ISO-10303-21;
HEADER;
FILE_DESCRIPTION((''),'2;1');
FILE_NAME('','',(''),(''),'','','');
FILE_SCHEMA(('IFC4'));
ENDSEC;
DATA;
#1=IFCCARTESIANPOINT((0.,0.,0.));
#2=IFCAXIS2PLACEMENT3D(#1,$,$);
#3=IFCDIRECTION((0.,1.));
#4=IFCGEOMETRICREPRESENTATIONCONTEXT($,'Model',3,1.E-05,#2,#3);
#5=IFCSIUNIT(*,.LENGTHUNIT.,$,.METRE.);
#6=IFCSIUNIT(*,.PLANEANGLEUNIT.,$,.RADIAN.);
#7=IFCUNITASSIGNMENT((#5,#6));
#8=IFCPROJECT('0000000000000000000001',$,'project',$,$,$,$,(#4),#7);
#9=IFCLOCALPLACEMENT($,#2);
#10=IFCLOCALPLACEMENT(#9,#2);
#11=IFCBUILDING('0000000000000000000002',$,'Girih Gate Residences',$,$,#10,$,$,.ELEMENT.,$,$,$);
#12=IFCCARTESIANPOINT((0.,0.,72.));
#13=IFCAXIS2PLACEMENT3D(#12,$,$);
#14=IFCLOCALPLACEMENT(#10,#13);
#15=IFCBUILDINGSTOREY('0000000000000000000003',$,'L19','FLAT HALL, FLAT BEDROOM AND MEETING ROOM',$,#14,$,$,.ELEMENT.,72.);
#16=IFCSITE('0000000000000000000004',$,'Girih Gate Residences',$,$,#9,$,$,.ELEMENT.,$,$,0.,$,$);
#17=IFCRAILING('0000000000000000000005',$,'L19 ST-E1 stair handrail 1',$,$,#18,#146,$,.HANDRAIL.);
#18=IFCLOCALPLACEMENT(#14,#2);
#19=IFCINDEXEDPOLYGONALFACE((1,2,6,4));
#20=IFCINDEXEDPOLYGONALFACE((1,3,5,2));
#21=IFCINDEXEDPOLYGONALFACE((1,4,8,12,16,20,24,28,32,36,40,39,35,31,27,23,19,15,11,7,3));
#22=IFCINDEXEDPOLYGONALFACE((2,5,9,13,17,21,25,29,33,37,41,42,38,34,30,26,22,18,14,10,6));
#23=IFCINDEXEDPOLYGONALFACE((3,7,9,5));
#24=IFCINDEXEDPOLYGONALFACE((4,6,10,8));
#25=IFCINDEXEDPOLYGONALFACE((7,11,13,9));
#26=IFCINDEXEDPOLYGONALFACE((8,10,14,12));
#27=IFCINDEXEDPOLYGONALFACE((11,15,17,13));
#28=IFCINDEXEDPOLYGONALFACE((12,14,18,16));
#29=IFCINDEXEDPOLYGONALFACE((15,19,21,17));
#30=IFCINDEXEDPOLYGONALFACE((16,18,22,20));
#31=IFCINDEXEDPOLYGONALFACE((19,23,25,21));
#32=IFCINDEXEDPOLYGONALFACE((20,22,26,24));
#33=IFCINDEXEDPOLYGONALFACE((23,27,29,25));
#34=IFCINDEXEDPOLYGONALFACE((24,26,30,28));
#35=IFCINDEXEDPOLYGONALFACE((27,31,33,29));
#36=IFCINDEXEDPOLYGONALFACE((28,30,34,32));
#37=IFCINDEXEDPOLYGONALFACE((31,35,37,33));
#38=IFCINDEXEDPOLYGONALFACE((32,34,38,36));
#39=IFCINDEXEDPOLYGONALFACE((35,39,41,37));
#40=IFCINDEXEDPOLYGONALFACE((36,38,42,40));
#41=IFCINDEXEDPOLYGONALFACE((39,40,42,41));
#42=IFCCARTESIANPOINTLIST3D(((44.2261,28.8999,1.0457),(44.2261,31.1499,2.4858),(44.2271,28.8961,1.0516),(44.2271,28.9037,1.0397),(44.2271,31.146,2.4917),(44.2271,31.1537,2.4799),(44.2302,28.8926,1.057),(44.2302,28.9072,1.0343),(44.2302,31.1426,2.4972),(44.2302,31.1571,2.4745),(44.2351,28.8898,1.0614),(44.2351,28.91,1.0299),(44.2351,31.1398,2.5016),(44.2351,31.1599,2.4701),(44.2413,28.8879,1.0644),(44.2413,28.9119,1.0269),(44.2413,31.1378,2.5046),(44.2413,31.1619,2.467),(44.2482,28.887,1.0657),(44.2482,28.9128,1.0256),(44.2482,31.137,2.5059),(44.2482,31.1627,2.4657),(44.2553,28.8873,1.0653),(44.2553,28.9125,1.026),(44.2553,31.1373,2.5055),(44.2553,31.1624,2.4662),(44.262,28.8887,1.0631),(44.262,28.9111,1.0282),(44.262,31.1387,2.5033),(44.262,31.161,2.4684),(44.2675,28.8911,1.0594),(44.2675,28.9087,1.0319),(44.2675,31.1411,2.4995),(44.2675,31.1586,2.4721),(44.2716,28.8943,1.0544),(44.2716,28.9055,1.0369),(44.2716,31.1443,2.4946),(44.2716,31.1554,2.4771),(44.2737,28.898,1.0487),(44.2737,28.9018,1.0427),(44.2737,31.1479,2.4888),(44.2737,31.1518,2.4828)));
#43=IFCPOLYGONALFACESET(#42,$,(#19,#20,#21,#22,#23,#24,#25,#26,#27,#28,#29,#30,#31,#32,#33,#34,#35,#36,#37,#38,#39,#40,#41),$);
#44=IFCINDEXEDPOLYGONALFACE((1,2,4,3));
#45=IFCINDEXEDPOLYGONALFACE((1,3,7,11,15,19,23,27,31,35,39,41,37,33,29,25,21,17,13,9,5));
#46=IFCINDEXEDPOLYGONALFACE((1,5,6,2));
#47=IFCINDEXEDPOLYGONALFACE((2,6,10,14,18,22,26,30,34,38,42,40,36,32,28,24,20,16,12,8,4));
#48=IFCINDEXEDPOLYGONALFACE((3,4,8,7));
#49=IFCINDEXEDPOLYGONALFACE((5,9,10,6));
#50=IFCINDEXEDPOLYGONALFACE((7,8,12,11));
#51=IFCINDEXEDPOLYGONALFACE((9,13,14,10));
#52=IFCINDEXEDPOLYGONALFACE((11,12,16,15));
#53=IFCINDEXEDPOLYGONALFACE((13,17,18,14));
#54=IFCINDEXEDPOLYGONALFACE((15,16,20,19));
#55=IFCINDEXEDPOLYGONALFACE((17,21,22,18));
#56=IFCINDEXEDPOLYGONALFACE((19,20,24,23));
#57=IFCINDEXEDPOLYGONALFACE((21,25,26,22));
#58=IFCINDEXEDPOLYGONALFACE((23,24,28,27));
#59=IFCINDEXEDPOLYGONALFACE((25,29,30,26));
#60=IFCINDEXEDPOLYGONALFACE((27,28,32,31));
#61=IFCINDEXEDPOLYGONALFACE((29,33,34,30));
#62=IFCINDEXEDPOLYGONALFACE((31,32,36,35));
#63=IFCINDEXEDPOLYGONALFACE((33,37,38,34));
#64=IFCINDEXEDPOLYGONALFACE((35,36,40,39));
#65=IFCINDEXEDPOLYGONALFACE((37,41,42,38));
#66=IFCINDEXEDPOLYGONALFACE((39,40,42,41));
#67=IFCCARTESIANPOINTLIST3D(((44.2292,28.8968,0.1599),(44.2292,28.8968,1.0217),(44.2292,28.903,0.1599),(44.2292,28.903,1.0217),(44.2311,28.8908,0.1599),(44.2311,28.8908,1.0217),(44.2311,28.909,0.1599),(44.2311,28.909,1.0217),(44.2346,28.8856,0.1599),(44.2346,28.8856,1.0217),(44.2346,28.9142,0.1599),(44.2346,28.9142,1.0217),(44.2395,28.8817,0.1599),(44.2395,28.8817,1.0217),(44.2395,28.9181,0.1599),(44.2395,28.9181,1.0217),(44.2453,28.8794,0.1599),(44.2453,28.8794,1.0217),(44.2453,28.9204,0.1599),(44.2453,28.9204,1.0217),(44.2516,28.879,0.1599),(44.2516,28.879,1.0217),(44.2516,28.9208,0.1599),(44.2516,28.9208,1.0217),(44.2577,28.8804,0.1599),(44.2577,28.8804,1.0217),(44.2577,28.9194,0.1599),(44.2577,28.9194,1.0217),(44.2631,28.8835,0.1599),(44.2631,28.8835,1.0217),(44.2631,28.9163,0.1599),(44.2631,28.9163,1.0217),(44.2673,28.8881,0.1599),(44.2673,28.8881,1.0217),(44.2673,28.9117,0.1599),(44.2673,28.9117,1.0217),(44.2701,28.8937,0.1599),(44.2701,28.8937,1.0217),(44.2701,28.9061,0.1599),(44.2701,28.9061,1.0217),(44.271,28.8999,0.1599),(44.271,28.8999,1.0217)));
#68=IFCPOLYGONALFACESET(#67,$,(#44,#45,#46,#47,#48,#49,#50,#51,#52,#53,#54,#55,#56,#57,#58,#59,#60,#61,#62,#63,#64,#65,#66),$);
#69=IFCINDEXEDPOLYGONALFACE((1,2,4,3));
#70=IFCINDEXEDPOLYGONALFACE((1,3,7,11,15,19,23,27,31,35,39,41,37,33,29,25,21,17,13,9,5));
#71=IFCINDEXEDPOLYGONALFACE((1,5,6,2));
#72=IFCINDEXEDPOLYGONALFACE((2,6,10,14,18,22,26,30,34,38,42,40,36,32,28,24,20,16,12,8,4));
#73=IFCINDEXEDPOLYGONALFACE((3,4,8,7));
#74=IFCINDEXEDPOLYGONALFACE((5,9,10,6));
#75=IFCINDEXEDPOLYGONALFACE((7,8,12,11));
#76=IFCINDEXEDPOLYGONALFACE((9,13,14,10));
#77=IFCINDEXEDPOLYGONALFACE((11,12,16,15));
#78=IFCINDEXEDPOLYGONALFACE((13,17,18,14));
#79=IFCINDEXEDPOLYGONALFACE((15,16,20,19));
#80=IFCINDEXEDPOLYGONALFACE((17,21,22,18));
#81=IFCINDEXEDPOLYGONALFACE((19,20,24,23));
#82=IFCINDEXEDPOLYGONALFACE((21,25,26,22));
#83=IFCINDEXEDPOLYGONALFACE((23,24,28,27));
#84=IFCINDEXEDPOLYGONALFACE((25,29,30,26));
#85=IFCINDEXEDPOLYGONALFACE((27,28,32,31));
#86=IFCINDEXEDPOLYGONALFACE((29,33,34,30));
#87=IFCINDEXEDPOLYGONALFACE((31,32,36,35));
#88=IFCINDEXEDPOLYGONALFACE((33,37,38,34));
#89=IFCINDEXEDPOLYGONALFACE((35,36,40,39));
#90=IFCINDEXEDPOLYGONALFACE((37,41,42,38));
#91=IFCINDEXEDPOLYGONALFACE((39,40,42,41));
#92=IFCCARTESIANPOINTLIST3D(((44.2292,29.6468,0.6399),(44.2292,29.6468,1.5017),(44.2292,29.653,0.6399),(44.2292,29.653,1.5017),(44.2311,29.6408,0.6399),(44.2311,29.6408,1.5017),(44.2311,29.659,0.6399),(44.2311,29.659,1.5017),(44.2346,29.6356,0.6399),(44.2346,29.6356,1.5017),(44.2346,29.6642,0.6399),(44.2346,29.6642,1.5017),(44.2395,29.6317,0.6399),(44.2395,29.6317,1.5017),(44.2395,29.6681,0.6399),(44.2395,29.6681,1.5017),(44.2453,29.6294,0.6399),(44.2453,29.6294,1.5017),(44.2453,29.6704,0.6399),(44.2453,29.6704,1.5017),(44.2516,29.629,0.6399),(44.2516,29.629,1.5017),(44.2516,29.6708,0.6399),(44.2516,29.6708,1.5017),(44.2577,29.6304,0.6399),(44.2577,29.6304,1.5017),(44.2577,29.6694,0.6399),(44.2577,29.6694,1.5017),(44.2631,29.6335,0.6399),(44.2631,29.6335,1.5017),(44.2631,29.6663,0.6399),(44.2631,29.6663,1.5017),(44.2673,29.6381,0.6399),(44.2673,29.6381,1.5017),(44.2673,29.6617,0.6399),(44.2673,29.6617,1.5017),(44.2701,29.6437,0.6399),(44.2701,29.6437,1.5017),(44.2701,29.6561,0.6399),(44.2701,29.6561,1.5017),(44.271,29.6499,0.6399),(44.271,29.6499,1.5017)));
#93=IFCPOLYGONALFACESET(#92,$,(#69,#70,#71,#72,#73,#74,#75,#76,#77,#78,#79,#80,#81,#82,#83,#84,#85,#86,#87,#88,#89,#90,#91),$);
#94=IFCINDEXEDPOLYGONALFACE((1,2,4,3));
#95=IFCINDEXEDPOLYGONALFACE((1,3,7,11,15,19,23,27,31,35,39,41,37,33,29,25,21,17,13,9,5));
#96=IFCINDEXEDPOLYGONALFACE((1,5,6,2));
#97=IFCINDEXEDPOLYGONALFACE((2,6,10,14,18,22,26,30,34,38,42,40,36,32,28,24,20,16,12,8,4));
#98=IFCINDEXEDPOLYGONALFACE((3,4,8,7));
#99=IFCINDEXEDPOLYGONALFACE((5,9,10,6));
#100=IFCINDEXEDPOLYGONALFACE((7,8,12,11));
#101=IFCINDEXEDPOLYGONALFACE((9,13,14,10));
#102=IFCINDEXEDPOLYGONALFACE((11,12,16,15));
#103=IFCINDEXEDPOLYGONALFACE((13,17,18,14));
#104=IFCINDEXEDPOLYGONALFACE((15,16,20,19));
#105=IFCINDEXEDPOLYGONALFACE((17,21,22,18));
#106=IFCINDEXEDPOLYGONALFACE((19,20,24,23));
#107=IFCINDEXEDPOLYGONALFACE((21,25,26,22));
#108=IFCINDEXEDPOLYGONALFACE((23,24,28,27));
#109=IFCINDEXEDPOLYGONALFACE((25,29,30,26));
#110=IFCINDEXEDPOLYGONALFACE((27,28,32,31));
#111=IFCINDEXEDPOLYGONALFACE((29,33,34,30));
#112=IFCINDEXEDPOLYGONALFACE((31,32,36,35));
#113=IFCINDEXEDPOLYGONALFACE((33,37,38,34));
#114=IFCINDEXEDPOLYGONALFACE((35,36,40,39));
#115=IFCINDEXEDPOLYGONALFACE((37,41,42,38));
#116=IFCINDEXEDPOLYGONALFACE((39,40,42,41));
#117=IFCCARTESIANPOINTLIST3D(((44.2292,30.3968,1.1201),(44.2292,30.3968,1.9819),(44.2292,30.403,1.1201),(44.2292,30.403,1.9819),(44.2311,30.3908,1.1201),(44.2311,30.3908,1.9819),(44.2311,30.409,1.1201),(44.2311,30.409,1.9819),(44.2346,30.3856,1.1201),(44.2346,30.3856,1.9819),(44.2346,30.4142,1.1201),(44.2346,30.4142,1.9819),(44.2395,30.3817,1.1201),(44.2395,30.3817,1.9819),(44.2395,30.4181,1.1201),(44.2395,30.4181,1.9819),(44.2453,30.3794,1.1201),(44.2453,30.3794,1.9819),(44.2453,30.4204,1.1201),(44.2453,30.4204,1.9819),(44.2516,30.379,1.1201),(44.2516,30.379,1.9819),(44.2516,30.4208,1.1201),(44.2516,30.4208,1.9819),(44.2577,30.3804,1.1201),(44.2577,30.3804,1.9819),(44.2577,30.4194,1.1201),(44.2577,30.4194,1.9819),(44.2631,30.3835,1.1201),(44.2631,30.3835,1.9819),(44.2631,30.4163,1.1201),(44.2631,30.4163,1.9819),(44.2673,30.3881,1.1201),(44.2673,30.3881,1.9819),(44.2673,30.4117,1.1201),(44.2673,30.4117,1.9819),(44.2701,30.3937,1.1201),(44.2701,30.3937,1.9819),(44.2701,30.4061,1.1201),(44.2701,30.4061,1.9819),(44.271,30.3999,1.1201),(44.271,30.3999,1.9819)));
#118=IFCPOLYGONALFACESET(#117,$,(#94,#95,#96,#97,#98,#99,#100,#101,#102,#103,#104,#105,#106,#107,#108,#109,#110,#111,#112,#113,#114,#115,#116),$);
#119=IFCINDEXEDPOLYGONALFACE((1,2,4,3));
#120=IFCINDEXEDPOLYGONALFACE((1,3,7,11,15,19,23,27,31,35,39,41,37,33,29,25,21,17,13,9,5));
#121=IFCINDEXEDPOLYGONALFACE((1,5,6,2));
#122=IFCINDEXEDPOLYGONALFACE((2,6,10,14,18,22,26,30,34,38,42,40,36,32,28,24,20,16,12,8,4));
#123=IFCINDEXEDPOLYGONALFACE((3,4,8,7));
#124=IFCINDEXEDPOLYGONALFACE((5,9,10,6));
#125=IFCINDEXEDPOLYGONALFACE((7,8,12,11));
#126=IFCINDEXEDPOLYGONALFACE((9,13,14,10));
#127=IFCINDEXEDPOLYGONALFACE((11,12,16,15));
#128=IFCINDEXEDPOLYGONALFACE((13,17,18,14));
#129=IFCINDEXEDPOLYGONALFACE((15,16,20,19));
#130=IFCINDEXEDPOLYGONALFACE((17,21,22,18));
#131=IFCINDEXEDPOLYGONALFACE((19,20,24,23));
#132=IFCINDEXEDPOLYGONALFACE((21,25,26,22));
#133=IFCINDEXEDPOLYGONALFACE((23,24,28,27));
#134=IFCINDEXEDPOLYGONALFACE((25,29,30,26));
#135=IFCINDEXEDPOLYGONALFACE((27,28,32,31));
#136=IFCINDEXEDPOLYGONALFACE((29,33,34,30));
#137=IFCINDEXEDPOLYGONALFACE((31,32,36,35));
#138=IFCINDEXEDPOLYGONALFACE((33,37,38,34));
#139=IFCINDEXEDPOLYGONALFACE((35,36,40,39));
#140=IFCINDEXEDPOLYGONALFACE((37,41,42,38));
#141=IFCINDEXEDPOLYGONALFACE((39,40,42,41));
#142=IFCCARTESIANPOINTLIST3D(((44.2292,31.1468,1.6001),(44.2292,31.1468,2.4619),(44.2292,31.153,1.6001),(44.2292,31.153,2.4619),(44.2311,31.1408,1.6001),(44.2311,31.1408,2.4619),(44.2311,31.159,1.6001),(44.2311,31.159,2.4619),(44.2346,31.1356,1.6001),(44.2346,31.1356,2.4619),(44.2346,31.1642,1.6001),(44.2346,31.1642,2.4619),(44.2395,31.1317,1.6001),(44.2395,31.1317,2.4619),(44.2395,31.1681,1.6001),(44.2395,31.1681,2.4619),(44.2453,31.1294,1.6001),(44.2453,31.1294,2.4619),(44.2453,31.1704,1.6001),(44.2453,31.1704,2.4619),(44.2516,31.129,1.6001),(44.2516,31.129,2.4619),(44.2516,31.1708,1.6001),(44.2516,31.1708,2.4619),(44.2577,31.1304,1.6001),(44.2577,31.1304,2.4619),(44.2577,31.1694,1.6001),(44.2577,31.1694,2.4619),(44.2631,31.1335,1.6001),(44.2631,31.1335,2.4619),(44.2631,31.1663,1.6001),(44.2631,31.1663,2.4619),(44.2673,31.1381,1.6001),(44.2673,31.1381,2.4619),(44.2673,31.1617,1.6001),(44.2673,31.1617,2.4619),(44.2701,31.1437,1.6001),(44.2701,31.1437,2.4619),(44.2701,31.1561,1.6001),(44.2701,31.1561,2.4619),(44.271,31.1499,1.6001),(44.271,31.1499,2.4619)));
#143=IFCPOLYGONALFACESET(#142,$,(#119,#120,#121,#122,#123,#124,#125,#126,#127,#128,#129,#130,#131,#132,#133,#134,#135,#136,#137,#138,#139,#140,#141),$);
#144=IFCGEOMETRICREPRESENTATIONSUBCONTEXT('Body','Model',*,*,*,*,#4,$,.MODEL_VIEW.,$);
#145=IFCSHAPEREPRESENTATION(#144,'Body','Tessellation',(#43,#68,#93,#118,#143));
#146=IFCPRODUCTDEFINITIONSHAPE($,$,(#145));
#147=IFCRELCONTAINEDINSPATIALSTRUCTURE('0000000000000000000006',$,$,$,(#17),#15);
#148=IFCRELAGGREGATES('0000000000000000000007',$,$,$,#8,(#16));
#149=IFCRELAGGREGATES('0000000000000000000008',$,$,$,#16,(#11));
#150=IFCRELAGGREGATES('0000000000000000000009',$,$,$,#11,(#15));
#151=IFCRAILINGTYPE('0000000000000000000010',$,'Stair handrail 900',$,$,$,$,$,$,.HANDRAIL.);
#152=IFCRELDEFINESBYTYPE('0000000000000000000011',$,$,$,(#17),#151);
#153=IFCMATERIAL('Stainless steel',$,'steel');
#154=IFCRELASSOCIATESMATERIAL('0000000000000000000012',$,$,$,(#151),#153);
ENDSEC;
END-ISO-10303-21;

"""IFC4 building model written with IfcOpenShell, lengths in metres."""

from ifc_helpers import new_model, si_unit, direction, frame, origin, origin_2d, place, context, subcontext, project, spatial, circle, extrude, material, type_object, element, save


model = new_model("IFC4")

# Units and contexts
model_context = context("Model", 3, precision=1e-05, world=origin(), true_north=direction((0.0, 1.0)))
body_context = subcontext(model_context, "Body", "Model", "MODEL_VIEW")
ifc_project = project(units=[si_unit("LENGTHUNIT", "METRE"), si_unit("PLANEANGLEUNIT", "RADIAN")], contexts=[model_context])

# Site, building, storey
site_placement = place(None, origin())
site = spatial("IfcSite", under=ifc_project, at=site_placement, Name="Girih Gate Residences", CompositionType="ELEMENT", RefElevation=0.0)
building_placement = place(site_placement, origin())
building = spatial("IfcBuilding", under=site, at=building_placement, Name="Girih Gate Residences", CompositionType="ELEMENT")
storey_placement = place(building_placement, frame((0.0, 0.0, 72.0)))
storey = spatial("IfcBuildingStorey", under=building, at=storey_placement, Name="L19", Description="FLAT HALL, FLAT BEDROOM AND MEETING ROOM", CompositionType="ELEMENT", Elevation=72.0)

# Railing
ifc_material_1 = material(Name="Stainless steel", Category="steel")
railing_type_1 = type_object("IfcRailingType", Name="Stair handrail 900", PredefinedType="HANDRAIL", material=ifc_material_1)
railing_1_placement = place(storey_placement, frame((44.25, 28.8999, 0.1599)))
element("IfcRailing", 1, at=railing_1_placement, inside=storey, type_object=railing_type_1, Name="L19 ST-E1 stair handrail 1", PredefinedType="HANDRAIL", context=body_context, shape_type="SweptSolid", body=[
    extrude(circle(Radius=0.0239, at=origin_2d()), frame((0.0, 0.0, 0.8857), z_axis=(0.0, 0.84224, 0.539103), x_axis=(-1.0, 0.0, 0.0)), (0.0, 0.0, 1.0), 2.6714),
    extrude(circle(Radius=0.021, at=origin_2d()), origin(), (0.0, 0.0, 1.0), 0.8618),
    extrude(circle(Radius=0.021, at=origin_2d()), frame((0.0, 0.75, 0.48)), (0.0, 0.0, 1.0), 0.8618),
    extrude(circle(Radius=0.021, at=origin_2d()), frame((0.0, 1.5, 0.9602)), (0.0, 0.0, 1.0), 0.8618),
    extrude(circle(Radius=0.021, at=origin_2d()), frame((0.0, 2.25, 1.4402)), (0.0, 0.0, 1.0), 0.8618),
])

save(model, "model.ifc")
